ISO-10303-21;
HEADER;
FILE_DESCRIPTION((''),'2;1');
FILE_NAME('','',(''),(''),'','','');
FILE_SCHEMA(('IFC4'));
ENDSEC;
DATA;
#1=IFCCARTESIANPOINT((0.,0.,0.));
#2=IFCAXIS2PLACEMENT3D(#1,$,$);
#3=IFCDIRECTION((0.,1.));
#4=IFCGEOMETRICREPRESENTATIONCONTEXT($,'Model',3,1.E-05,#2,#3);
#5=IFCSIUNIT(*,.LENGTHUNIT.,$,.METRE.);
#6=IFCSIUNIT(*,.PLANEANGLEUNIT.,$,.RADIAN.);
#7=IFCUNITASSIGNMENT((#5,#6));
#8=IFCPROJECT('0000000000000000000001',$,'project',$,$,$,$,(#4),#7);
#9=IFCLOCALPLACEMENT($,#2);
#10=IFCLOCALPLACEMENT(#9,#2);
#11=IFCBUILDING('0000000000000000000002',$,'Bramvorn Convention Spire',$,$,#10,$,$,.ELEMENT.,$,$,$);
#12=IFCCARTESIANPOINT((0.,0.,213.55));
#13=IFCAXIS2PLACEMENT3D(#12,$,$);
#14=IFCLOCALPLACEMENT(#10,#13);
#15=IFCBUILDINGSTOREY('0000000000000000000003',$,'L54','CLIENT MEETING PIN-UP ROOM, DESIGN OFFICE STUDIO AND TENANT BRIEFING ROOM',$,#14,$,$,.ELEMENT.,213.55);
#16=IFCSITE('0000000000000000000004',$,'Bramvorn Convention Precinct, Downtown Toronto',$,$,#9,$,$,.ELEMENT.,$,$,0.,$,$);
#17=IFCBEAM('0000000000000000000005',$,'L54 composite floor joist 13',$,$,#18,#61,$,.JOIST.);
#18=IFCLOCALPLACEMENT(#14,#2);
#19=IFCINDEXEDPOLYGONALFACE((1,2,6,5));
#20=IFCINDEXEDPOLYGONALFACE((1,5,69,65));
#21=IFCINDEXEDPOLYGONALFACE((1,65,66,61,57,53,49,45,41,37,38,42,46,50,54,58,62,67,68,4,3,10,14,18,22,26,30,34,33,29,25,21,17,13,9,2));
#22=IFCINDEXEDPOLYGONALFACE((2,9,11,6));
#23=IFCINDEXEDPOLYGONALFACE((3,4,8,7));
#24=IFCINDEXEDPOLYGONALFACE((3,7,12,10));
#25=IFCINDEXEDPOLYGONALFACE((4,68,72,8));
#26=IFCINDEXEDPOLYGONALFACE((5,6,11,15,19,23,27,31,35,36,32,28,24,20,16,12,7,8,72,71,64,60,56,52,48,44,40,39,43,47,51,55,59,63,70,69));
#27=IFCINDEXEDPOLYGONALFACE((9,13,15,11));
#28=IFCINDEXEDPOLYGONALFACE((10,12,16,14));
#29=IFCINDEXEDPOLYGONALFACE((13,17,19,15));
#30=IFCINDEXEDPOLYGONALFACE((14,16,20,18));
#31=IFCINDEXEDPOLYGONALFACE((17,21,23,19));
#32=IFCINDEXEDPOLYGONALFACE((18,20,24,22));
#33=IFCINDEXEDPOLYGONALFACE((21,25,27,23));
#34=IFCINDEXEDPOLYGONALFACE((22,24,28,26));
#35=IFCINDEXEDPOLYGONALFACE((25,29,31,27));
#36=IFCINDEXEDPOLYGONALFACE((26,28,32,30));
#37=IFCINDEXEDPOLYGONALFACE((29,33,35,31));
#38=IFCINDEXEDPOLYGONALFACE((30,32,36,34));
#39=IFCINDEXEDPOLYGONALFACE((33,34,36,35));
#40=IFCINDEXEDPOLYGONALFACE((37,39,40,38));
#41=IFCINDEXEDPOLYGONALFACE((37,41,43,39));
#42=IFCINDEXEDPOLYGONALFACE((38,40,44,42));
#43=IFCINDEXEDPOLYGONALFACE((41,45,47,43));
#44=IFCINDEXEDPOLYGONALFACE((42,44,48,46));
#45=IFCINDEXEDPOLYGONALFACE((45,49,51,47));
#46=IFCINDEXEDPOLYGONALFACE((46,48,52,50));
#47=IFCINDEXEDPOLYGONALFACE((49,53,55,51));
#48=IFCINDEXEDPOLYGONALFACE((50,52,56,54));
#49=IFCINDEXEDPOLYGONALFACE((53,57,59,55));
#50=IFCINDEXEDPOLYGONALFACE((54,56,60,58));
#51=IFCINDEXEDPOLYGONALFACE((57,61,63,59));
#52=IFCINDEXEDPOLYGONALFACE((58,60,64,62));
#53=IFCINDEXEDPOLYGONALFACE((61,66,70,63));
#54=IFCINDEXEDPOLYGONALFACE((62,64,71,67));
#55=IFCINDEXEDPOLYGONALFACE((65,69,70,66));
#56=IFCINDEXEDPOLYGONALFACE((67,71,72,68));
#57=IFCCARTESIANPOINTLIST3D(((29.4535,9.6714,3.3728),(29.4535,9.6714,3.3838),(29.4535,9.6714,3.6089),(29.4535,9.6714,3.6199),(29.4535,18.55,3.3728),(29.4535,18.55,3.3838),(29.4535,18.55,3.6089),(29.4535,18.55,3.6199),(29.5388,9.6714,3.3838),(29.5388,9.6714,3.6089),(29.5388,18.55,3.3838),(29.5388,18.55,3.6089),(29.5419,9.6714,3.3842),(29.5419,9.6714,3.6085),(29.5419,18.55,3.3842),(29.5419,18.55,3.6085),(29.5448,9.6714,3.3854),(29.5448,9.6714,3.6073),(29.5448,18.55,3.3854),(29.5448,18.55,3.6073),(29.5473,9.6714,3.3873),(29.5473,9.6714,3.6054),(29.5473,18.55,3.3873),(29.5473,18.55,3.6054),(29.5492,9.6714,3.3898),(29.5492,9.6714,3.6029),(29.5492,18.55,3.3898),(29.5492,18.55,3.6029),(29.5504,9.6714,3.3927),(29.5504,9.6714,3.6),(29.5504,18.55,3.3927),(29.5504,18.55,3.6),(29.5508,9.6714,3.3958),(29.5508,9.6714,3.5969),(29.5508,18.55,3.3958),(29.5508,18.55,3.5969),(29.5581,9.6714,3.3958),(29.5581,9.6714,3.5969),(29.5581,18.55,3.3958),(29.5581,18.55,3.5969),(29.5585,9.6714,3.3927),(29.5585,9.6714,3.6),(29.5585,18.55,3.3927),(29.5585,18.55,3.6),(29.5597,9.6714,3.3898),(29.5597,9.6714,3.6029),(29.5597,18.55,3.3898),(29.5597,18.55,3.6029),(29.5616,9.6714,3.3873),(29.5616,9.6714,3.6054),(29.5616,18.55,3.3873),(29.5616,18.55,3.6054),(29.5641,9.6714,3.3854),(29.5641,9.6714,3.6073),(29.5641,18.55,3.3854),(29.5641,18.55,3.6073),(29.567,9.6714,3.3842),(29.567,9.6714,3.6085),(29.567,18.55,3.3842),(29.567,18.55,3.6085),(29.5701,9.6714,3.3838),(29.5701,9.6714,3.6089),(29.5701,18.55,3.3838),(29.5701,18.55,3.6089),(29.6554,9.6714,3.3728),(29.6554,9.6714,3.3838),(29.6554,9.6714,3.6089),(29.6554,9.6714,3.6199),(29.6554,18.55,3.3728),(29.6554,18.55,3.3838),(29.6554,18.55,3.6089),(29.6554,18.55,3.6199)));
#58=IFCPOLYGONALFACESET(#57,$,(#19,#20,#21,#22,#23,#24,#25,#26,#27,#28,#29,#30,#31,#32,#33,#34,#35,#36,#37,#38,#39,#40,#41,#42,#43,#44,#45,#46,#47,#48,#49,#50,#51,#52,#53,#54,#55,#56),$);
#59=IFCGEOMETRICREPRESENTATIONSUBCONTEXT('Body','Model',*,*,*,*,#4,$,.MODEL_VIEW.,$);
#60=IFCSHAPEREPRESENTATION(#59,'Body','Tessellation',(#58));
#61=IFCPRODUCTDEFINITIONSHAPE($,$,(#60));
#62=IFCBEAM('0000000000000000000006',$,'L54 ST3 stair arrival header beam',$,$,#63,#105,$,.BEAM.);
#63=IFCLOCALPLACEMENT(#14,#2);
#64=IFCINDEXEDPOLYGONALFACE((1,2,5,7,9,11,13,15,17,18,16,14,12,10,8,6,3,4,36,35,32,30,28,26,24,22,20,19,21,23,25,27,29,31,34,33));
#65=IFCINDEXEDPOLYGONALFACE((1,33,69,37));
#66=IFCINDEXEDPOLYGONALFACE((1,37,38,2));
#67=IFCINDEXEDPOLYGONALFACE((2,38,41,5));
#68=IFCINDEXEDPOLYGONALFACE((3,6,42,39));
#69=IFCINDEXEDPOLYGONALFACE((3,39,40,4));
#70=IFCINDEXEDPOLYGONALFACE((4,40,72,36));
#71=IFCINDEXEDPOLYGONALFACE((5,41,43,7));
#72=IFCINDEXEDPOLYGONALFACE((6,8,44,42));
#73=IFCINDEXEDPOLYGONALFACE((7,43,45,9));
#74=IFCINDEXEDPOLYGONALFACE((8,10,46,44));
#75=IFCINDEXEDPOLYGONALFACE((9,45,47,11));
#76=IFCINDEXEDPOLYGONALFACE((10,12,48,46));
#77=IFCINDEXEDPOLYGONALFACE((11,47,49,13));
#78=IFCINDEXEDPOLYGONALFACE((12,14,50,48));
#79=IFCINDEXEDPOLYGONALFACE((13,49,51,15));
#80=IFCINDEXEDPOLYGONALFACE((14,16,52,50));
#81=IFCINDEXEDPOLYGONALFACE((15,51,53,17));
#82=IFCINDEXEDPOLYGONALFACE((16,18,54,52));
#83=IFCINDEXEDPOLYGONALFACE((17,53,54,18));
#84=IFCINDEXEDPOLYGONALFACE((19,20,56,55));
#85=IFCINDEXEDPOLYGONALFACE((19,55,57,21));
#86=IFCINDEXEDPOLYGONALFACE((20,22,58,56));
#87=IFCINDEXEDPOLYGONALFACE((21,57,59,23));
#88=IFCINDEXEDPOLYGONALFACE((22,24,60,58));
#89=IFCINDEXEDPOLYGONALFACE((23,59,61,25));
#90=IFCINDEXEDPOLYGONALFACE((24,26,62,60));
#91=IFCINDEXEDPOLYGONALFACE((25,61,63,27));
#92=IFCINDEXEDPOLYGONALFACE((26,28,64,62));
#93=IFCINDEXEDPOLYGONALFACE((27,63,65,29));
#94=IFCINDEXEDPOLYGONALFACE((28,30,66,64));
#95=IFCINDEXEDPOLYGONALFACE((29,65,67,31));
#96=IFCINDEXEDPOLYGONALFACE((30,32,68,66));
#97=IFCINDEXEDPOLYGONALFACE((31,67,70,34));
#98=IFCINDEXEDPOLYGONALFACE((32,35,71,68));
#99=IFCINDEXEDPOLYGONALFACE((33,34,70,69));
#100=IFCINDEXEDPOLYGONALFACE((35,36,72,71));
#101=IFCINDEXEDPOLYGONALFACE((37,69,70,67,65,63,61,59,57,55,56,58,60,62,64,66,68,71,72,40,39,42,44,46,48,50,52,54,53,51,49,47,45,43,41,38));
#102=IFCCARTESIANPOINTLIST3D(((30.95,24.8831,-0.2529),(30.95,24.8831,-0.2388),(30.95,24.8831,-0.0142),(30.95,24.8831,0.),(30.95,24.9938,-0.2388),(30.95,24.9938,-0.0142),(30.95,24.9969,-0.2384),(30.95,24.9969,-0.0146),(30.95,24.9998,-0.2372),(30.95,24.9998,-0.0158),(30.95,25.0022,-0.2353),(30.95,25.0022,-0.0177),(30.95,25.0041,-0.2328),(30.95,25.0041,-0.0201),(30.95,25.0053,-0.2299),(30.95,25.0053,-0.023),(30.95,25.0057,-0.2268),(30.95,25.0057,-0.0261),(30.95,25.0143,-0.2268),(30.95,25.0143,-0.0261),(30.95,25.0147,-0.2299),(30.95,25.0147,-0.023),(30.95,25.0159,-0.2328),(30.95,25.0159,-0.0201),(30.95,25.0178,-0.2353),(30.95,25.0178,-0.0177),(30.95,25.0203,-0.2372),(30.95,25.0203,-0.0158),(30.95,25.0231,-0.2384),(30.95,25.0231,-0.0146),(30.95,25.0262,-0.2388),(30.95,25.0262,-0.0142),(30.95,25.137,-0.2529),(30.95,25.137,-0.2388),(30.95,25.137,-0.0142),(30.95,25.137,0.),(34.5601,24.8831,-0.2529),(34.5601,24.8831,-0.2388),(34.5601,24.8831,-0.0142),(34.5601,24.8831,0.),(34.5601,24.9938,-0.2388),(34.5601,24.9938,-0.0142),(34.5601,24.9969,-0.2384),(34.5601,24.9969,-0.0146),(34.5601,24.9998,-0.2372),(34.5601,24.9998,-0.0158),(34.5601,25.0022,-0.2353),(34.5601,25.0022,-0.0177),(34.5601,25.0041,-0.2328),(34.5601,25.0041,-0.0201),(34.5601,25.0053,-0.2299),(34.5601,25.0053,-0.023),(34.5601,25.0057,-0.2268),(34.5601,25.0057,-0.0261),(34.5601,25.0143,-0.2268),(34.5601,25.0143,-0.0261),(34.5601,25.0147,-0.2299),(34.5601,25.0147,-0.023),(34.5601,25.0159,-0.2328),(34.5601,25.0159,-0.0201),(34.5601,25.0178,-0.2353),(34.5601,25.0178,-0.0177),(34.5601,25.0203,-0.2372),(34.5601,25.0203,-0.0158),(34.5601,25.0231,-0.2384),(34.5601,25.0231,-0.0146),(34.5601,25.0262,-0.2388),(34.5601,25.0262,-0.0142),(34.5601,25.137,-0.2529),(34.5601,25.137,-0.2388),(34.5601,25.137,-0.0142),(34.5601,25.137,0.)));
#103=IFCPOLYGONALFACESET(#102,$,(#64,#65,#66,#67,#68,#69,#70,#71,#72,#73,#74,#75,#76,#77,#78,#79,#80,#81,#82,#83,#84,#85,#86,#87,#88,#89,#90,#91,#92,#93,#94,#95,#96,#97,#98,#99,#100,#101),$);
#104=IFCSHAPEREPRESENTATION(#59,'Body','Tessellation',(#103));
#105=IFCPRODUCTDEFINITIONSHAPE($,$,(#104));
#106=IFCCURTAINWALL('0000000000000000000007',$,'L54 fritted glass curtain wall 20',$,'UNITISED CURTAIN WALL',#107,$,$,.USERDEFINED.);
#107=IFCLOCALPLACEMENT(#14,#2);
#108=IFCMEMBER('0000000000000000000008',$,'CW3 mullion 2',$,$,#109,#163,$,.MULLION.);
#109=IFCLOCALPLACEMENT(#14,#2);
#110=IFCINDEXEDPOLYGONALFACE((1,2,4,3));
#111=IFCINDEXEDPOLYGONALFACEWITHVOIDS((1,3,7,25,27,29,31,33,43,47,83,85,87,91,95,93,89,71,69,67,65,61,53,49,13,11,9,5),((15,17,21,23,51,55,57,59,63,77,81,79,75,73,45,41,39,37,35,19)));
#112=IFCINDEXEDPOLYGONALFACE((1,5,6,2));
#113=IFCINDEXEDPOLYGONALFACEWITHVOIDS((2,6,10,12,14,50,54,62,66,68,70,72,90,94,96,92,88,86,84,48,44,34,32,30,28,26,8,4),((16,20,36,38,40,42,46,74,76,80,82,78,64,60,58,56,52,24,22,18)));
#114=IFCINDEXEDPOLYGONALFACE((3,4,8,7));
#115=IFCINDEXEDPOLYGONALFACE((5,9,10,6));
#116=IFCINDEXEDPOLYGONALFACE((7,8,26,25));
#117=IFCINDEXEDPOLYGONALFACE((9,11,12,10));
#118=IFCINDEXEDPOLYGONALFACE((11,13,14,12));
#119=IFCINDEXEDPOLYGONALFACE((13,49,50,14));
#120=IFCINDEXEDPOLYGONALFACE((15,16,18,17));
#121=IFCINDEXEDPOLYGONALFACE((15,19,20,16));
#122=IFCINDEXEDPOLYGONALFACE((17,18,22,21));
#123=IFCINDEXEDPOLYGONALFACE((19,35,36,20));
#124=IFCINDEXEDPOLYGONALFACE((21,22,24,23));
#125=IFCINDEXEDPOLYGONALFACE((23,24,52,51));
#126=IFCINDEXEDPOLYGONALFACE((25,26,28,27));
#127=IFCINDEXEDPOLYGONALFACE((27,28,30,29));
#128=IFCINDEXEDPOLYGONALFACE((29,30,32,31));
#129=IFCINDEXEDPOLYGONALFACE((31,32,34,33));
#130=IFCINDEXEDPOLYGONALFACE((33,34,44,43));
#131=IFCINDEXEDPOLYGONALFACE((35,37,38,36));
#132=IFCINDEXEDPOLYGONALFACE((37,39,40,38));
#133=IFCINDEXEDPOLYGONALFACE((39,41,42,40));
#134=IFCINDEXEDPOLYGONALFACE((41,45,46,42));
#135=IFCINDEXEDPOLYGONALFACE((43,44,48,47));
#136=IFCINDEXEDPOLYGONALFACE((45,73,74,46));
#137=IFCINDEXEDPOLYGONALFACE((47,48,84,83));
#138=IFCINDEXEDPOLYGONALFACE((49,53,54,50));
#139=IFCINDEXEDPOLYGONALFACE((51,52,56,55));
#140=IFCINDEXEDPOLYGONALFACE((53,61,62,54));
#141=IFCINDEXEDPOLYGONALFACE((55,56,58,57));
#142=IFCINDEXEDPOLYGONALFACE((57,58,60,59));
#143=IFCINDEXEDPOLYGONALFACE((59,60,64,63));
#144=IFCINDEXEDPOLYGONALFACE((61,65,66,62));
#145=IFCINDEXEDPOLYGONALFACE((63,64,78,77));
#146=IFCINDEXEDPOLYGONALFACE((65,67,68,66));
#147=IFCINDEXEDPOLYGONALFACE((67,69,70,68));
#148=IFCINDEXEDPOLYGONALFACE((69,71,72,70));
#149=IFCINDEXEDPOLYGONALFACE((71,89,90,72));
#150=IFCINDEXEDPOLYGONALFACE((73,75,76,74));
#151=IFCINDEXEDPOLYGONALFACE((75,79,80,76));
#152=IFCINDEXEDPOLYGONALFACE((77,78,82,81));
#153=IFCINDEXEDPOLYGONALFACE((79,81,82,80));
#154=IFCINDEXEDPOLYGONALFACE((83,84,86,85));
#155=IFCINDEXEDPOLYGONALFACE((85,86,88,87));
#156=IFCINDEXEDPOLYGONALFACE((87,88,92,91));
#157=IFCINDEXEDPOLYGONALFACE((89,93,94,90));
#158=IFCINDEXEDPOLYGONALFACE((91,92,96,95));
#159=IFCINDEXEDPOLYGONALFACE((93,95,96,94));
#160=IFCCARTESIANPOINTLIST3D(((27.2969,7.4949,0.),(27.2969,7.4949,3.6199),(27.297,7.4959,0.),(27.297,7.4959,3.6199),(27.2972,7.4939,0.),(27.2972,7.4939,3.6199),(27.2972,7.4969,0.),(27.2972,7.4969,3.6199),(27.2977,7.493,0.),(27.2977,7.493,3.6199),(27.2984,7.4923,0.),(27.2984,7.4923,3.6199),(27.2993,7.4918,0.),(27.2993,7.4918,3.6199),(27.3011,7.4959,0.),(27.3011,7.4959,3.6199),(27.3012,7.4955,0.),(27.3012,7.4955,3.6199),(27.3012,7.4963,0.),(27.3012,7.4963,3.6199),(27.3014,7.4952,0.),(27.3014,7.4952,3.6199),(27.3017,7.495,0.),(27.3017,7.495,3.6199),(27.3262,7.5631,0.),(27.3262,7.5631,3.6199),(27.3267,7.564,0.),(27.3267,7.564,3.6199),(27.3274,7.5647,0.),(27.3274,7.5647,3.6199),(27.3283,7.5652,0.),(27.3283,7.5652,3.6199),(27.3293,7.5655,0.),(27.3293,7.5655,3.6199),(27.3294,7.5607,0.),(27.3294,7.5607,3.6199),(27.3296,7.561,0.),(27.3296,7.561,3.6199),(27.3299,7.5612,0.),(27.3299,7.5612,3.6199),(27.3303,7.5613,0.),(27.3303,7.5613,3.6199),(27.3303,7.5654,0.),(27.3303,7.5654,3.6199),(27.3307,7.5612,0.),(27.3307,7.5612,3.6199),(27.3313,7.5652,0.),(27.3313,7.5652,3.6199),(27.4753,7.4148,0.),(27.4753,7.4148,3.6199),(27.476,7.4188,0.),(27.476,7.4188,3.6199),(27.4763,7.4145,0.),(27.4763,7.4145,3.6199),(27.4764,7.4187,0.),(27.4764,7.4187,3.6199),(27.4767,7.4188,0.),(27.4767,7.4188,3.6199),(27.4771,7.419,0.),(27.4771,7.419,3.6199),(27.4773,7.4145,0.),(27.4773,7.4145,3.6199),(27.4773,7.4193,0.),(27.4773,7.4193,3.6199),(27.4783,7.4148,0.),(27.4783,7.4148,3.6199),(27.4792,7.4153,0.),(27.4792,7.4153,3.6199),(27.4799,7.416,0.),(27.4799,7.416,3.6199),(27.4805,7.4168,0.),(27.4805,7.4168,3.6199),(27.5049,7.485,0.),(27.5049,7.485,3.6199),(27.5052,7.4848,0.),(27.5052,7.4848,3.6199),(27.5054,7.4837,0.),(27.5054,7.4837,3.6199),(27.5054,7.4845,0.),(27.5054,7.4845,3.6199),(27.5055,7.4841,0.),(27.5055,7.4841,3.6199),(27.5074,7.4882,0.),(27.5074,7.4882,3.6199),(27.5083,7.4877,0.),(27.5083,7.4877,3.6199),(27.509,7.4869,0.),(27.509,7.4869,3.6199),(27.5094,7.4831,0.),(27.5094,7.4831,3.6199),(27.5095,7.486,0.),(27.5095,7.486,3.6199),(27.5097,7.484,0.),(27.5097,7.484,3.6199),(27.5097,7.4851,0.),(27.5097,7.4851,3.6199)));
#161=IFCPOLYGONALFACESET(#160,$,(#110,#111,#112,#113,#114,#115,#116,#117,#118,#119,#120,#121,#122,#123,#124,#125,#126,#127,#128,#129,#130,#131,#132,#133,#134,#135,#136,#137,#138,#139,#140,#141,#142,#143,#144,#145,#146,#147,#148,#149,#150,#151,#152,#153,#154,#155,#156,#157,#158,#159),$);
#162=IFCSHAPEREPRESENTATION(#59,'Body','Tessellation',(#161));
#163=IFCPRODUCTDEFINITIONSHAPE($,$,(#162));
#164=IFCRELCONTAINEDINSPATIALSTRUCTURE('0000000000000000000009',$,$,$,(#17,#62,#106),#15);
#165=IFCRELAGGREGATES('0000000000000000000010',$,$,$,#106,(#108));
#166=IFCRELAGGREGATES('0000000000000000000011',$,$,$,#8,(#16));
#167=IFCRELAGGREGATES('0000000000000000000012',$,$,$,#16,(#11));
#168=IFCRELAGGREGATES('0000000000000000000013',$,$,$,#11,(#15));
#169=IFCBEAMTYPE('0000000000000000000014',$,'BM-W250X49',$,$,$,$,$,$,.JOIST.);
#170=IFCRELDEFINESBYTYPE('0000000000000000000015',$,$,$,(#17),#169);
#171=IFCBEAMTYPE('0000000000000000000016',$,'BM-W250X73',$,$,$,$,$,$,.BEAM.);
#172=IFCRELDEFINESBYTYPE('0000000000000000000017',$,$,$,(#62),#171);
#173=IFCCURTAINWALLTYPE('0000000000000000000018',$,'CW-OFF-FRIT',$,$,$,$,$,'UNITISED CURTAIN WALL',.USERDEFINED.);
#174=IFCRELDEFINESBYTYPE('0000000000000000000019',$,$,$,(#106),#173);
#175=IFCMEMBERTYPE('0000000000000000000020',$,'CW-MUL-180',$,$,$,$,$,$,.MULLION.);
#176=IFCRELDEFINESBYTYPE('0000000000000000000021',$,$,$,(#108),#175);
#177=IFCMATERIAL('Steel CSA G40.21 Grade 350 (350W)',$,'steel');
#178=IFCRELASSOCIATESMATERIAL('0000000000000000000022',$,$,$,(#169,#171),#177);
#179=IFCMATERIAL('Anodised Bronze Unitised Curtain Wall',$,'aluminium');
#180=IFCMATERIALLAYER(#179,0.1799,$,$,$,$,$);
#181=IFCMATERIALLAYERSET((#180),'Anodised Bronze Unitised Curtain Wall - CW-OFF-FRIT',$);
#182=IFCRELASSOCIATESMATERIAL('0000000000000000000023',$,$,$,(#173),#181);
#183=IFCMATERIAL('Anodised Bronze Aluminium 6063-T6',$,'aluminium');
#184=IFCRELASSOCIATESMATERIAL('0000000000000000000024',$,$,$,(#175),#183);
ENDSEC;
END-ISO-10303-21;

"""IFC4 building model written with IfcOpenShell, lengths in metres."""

from ifc_helpers import new_model, si_unit, direction, frame, origin, origin_2d, place, context, subcontext, project, spatial, hollow_rectangle, i_section, extrude, material, layer, layer_set, material_profile, profile_set, type_object, element, aggregate, save


model = new_model("IFC4")

# Units and contexts
model_context = context("Model", 3, precision=1e-05, world=origin(), true_north=direction((0.0, 1.0)))
body_context = subcontext(model_context, "Body", "Model", "MODEL_VIEW")
ifc_project = project(units=[si_unit("LENGTHUNIT", "METRE"), si_unit("PLANEANGLEUNIT", "RADIAN")], contexts=[model_context])

# Site, building, storey
site_placement = place(None, origin())
site = spatial("IfcSite", under=ifc_project, at=site_placement, Name="Bramvorn Convention Precinct, Downtown Toronto", CompositionType="ELEMENT", RefElevation=0.0)
building_placement = place(site_placement, origin())
building = spatial("IfcBuilding", under=site, at=building_placement, Name="Bramvorn Convention Spire", CompositionType="ELEMENT")
storey_placement = place(building_placement, frame((0.0, 0.0, 213.55)))
storey = spatial("IfcBuildingStorey", under=building, at=storey_placement, Name="L54", Description="CLIENT MEETING PIN-UP ROOM, DESIGN OFFICE STUDIO AND TENANT BRIEFING ROOM", CompositionType="ELEMENT", Elevation=213.55)

# Beams
ifc_material_1 = material(Name="Steel CSA G40.21 Grade 350 (350W)", Category="steel")
ifc_material_profile_1 = material_profile(ifc_material_1, i_section(OverallWidth=0.2019, OverallDepth=0.2471, WebThickness=0.0073, FlangeThickness=0.011, FilletRadius=0.012, at=origin_2d()))
ifc_profile_set_1 = profile_set([ifc_material_profile_1], Name="Steel CSA G40.21 Grade 350 (350W) - W250X49")
beam_type_1 = type_object("IfcBeamType", Name="BM-W250X49", PredefinedType="JOIST", material=ifc_profile_set_1)
beam_1_placement = place(storey_placement, frame((29.5544, 18.55, 3.4963), z_axis=(0.0, -1.0, 0.0), x_axis=(1.0, 0.0, 0.0)))
element("IfcBeam", 1, at=beam_1_placement, inside=storey, type_object=beam_type_1, Name="L54 composite floor joist 13", PredefinedType="JOIST", context=body_context, shape_type="SweptSolid", body=[
    extrude(i_section(OverallWidth=0.2019, OverallDepth=0.2471, WebThickness=0.0073, FlangeThickness=0.011, FilletRadius=0.012, at=origin_2d()), origin(), (0.0, 0.0, 1.0), 8.8787),
])
ifc_material_profile_2 = material_profile(ifc_material_1, i_section(OverallWidth=0.2539, OverallDepth=0.2529, WebThickness=0.0085, FlangeThickness=0.0142, FilletRadius=0.012, at=origin_2d()))
ifc_profile_set_2 = profile_set([ifc_material_profile_2], Name="Steel CSA G40.21 Grade 350 (350W) - W250X73")
beam_type_2 = type_object("IfcBeamType", Name="BM-W250X73", PredefinedType="BEAM", material=ifc_profile_set_2)
beam_2_placement = place(storey_placement, frame((30.95, 25.01, -0.1265), z_axis=(1.0, 0.0, 0.0), x_axis=(0.0, 1.0, 0.0)))
element("IfcBeam", 2, at=beam_2_placement, inside=storey, type_object=beam_type_2, Name="L54 ST3 stair arrival header beam", PredefinedType="BEAM", context=body_context, shape_type="SweptSolid", body=[
    extrude(i_section(OverallWidth=0.2539, OverallDepth=0.2529, WebThickness=0.0085, FlangeThickness=0.0142, FilletRadius=0.012, at=origin_2d()), origin(), (0.0, 0.0, 1.0), 3.6101),
])

# Curtain wall, member
ifc_material_2 = material(Name="Anodised Bronze Unitised Curtain Wall", Category="aluminium")
ifc_layer_1 = layer(ifc_material_2, 0.1799)
ifc_layer_set_1 = layer_set([ifc_layer_1], Name="Anodised Bronze Unitised Curtain Wall - CW-OFF-FRIT")
curtain_wall_type_1 = type_object("IfcCurtainWallType", Name="CW-OFF-FRIT", ElementType="UNITISED CURTAIN WALL", PredefinedType="USERDEFINED", material=ifc_layer_set_1)
curtain_wall_1_placement = place(storey_placement, origin())
curtain_wall_1 = element("IfcCurtainWall", 3, at=curtain_wall_1_placement, inside=storey, type_object=curtain_wall_type_1, Name="L54 fritted glass curtain wall 20", ObjectType="UNITISED CURTAIN WALL", PredefinedType="USERDEFINED")
ifc_material_3 = material(Name="Anodised Bronze Aluminium 6063-T6", Category="aluminium")
ifc_material_profile_3 = material_profile(ifc_material_3, hollow_rectangle(XDim=0.0801, YDim=0.2, WallThickness=0.0039, InnerFilletRadius=0.001, OuterFilletRadius=0.0039, at=origin_2d()))
ifc_profile_set_3 = profile_set([ifc_material_profile_3], Name="Anodised Bronze Aluminium 6063-T6 - CWM80X200")
member_type_1 = type_object("IfcMemberType", Name="CW-MUL-180", PredefinedType="MULLION", material=ifc_profile_set_3)
member_1_placement = place(storey_placement, frame((27.4033, 7.49, 0.0), z_axis=(0.0, 0.0, 1.0), x_axis=(-0.400501, -0.916296, 0.0)))
member_1 = element("IfcMember", 4, at=member_1_placement, type_object=member_type_1, Name="CW3 mullion 2", PredefinedType="MULLION", context=body_context, shape_type="SweptSolid", body=[
    extrude(hollow_rectangle(XDim=0.0801, YDim=0.2, WallThickness=0.0039, InnerFilletRadius=0.001, OuterFilletRadius=0.0039, at=origin_2d()), origin(), (0.0, 0.0, 1.0), 3.6199),
])

aggregate(curtain_wall_1, [member_1])

save(model, "model.ifc")
